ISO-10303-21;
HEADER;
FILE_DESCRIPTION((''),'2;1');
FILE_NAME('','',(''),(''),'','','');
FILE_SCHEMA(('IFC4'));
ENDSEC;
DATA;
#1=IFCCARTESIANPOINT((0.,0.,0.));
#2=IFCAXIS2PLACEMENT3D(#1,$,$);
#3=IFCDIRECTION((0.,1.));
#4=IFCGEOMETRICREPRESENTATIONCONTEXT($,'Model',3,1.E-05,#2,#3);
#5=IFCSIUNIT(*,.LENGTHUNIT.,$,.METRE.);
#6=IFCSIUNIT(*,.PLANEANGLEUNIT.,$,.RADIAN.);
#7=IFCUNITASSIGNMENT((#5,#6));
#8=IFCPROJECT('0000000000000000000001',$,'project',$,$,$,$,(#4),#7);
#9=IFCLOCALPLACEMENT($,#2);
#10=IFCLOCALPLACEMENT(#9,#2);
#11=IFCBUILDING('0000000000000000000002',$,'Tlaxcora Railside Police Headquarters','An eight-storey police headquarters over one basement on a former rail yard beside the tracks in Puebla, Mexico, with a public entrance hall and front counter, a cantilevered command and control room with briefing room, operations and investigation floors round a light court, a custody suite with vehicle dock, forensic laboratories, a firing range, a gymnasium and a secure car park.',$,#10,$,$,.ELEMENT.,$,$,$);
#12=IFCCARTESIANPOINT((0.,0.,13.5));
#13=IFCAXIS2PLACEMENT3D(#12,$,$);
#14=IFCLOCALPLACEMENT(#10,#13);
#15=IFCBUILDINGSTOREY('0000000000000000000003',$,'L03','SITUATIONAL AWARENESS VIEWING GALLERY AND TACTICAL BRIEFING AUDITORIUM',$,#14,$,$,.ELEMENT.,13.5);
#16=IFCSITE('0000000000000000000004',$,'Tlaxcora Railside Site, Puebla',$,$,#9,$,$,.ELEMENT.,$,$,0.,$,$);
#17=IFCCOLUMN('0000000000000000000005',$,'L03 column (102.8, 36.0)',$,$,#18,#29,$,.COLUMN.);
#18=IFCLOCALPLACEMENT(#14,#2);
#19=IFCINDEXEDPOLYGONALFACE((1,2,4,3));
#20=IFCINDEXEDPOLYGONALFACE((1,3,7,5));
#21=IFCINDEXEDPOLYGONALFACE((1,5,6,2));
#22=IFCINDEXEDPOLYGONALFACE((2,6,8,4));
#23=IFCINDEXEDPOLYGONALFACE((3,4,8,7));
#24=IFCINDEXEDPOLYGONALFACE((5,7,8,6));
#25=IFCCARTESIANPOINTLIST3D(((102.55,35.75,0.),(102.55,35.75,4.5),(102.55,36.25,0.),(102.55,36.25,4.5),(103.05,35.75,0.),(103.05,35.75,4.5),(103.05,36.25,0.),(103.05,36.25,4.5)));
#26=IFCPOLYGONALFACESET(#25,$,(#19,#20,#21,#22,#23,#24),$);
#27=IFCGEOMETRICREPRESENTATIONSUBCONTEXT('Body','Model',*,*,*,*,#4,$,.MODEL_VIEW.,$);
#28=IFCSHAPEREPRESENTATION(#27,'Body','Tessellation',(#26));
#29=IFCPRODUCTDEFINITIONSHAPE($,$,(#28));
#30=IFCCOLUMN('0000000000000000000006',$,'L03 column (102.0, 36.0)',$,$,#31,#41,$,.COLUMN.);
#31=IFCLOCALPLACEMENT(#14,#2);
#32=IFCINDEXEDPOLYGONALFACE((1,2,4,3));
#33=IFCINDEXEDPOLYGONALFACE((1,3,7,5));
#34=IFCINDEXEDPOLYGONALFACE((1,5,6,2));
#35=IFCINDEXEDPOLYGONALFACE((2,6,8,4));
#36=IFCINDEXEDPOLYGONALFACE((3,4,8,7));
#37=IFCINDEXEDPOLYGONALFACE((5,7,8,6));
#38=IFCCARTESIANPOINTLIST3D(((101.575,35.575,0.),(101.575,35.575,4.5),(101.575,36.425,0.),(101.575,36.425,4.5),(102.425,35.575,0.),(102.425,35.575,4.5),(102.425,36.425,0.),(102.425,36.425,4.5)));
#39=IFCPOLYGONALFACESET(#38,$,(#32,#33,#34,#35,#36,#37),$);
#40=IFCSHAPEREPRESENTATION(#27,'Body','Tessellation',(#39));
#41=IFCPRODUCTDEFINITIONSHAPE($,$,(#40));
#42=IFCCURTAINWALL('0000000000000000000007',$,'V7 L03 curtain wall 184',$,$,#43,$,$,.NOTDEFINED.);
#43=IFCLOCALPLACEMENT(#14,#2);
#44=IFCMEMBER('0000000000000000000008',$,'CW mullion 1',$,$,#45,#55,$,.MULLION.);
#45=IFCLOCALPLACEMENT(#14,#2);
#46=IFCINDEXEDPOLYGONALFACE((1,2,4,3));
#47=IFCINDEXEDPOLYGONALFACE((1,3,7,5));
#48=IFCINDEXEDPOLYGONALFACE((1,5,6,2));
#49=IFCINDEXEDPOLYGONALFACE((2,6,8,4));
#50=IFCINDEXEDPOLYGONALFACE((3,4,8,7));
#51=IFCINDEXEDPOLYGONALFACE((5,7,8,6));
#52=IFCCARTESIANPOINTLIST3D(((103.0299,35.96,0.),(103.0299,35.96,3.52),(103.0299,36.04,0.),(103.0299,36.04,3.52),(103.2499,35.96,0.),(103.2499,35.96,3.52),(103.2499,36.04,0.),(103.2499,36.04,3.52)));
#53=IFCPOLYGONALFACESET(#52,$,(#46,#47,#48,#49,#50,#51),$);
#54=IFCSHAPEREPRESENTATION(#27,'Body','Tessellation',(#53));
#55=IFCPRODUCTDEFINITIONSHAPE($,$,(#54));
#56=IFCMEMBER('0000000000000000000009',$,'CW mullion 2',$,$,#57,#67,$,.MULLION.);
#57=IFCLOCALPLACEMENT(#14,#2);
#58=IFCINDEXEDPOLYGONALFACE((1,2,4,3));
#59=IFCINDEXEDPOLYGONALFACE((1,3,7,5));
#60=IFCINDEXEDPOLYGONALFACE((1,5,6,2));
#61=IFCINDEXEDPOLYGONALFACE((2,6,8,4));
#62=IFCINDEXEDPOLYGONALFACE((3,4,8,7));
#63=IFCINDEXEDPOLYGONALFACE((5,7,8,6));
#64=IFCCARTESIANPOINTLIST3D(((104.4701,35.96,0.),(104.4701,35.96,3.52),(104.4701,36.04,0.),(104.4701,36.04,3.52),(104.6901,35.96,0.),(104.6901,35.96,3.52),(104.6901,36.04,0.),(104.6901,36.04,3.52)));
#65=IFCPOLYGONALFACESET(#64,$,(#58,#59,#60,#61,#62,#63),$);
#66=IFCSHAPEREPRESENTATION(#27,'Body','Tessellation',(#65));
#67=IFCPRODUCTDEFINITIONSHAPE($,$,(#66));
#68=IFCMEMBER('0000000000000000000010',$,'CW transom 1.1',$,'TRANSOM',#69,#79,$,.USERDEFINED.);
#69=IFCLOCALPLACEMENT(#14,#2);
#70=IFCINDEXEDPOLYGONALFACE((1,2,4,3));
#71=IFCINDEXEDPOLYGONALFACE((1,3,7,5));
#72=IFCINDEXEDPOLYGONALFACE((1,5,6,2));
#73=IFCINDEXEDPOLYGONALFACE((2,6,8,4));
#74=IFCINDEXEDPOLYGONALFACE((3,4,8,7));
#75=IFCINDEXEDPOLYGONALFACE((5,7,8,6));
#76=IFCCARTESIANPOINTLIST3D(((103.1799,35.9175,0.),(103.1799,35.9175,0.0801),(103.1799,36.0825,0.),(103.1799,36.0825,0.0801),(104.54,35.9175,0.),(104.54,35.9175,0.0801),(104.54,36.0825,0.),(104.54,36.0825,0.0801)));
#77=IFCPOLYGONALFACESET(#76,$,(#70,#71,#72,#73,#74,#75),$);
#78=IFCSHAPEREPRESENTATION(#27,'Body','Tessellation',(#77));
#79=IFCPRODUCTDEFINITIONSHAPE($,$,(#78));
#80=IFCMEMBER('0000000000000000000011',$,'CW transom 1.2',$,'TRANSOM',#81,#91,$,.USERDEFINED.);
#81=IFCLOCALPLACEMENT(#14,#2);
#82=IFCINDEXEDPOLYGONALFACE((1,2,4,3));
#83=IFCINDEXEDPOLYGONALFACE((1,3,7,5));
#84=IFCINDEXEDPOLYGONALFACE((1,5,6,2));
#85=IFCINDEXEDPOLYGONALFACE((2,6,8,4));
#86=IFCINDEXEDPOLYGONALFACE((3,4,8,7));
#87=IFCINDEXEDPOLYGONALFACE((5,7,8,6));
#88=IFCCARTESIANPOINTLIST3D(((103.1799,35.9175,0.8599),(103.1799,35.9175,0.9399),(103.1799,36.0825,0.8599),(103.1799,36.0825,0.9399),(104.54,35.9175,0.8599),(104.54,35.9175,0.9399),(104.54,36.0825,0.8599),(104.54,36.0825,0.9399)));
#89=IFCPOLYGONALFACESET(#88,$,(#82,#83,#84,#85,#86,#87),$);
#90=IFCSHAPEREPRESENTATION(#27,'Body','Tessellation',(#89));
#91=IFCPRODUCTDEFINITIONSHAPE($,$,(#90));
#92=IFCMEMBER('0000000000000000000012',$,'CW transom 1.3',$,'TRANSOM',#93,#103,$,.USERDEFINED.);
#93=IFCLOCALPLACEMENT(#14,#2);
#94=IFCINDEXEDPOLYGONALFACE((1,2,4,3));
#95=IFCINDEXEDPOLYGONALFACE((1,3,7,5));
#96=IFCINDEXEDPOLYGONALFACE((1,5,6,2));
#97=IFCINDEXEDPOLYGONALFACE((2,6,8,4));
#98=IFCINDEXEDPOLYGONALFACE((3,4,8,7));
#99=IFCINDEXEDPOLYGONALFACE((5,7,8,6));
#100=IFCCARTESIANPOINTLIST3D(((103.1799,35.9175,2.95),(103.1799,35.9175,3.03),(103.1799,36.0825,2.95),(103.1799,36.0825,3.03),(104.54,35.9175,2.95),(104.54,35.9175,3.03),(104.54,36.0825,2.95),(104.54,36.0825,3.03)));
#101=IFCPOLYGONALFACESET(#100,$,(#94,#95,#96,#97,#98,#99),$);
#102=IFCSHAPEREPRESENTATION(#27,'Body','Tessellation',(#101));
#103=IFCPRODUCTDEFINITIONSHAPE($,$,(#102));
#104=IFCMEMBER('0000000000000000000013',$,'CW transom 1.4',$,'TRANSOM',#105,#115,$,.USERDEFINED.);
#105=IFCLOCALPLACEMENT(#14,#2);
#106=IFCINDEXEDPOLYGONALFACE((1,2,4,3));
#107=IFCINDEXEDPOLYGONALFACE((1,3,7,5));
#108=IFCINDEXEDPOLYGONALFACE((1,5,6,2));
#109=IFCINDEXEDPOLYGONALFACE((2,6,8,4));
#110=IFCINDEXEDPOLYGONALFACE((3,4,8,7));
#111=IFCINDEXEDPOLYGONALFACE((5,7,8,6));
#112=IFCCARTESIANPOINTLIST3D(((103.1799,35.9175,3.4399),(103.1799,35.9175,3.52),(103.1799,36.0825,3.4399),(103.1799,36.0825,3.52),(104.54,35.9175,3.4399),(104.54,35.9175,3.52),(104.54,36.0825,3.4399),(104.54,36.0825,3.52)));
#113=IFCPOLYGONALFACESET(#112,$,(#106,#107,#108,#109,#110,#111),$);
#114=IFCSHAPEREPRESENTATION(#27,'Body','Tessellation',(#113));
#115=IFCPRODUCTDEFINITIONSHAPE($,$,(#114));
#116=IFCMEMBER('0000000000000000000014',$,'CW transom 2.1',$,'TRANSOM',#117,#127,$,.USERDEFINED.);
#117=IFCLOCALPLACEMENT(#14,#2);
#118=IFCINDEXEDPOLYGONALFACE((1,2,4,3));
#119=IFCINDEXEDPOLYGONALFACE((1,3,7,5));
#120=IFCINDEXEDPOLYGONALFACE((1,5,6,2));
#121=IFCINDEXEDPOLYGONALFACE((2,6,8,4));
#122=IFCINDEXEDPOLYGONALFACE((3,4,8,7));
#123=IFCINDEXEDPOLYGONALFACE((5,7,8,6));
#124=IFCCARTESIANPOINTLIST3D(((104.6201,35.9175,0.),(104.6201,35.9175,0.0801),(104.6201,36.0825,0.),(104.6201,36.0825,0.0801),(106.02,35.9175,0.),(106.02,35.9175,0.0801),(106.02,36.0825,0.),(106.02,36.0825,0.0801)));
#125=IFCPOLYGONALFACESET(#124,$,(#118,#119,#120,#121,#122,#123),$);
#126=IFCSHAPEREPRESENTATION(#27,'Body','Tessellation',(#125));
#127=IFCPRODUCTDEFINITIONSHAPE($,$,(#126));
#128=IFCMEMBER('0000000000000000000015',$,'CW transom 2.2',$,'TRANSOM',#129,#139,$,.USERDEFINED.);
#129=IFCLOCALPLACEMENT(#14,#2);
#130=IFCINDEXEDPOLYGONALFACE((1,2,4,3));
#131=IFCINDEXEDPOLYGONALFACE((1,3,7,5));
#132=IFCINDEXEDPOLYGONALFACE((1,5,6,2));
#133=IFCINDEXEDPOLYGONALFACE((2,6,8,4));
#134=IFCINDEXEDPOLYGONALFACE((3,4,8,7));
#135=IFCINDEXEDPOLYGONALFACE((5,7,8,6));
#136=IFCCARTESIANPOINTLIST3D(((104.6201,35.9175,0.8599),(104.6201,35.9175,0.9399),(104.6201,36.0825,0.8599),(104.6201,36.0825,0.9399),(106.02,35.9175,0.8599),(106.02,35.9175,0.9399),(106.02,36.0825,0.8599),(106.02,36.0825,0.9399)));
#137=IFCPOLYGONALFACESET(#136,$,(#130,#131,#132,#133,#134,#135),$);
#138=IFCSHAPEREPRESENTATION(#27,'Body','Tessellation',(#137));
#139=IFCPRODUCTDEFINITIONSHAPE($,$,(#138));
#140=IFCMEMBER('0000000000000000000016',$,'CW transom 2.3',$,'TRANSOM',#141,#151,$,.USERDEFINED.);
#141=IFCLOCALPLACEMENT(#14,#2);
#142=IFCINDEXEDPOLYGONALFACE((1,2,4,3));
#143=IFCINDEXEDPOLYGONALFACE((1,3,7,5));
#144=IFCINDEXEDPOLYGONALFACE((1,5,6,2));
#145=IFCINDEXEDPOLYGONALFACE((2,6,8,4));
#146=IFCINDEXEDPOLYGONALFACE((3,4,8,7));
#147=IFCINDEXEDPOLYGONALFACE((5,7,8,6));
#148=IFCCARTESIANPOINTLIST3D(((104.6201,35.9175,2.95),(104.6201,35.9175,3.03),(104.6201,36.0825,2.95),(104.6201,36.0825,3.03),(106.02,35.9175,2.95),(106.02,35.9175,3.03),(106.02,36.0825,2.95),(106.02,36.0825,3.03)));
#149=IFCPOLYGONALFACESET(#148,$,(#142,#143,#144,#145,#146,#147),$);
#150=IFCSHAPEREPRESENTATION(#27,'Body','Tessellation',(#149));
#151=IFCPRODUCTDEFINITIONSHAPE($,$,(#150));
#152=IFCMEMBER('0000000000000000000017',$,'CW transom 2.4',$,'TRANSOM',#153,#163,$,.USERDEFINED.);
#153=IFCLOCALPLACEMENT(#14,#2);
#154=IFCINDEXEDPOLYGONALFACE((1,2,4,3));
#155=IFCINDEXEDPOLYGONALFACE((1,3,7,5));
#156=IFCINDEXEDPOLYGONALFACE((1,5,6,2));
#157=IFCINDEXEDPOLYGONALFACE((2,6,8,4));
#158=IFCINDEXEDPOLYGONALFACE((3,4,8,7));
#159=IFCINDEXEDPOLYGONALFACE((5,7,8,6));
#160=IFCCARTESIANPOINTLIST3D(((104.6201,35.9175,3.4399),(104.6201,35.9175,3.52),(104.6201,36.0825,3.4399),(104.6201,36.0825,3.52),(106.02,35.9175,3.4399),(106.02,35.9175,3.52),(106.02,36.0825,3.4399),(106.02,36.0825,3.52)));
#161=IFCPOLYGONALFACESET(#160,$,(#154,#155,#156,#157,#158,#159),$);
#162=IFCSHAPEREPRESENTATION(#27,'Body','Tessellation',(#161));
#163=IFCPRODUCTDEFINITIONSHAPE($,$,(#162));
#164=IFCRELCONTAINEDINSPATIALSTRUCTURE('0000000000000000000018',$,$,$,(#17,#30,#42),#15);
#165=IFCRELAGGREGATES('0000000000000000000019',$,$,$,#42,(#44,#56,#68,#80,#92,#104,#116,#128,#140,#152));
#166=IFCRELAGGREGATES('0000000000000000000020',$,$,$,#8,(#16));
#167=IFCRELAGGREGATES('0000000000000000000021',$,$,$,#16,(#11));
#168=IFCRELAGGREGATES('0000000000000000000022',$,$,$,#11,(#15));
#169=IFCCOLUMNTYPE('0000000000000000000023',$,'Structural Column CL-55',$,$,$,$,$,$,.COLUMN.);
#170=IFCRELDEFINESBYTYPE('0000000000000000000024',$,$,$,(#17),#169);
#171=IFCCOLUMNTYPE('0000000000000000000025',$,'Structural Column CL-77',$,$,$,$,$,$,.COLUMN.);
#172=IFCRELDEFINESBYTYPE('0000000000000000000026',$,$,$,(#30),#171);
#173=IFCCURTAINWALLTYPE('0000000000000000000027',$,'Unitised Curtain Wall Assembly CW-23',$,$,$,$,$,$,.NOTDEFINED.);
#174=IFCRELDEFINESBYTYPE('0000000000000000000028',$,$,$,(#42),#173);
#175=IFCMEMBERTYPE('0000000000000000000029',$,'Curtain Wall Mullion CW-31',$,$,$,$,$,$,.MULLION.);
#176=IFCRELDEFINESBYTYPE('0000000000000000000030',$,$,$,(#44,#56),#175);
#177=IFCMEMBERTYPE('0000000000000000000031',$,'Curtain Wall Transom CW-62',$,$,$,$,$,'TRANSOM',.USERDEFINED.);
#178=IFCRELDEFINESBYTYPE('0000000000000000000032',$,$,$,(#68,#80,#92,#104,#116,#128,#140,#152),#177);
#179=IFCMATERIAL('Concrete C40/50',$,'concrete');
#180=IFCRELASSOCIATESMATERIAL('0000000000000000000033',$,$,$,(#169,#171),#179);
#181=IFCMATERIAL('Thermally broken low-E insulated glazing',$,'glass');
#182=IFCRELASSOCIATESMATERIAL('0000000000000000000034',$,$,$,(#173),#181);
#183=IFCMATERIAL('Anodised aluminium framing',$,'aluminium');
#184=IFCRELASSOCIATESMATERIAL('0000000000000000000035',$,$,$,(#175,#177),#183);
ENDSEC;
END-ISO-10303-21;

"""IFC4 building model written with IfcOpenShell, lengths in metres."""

from ifc_helpers import new_model, si_unit, direction, frame, origin, origin_2d, place, context, subcontext, project, spatial, rectangle, extrude, material, material_profile, profile_set, type_object, element, aggregate, save


model = new_model("IFC4")

# Units and contexts
model_context = context("Model", 3, precision=1e-05, world=origin(), true_north=direction((0.0, 1.0)))
body_context = subcontext(model_context, "Body", "Model", "MODEL_VIEW")
ifc_project = project(units=[si_unit("LENGTHUNIT", "METRE"), si_unit("PLANEANGLEUNIT", "RADIAN")], contexts=[model_context])

# Site, building, storey
site_placement = place(None, origin())
site = spatial("IfcSite", under=ifc_project, at=site_placement, Name="Tlaxcora Railside Site, Puebla", CompositionType="ELEMENT", RefElevation=0.0)
building_placement = place(site_placement, origin())
building = spatial("IfcBuilding", under=site, at=building_placement, Name="Tlaxcora Railside Police Headquarters", Description="An eight-storey police headquarters over one basement on a former rail yard beside the tracks in Puebla, Mexico, with a public entrance hall and front counter, a cantilevered command and control room with briefing room, operations and investigation floors round a light court, a custody suite with vehicle dock, forensic laboratories, a firing range, a gymnasium and a secure car park.", CompositionType="ELEMENT")
storey_placement = place(building_placement, frame((0.0, 0.0, 13.5)))
storey = spatial("IfcBuildingStorey", under=building, at=storey_placement, Name="L03", Description="SITUATIONAL AWARENESS VIEWING GALLERY AND TACTICAL BRIEFING AUDITORIUM", CompositionType="ELEMENT", Elevation=13.5)

# Columns
ifc_material_1 = material(Name="Concrete C40/50", Category="concrete")
ifc_material_profile_1 = material_profile(ifc_material_1, rectangle(XDim=0.5, YDim=0.5, at=origin_2d()), Name="RC500X500")
ifc_profile_set_1 = profile_set([ifc_material_profile_1], Name="Concrete C40/50")
column_type_1 = type_object("IfcColumnType", Name="Structural Column CL-55", PredefinedType="COLUMN", material=ifc_profile_set_1)
column_1_placement = place(storey_placement, frame((102.8, 36.0, 0.0), z_axis=(0.0, 0.0, 1.0), x_axis=(1.0, 0.0, 0.0)))
element("IfcColumn", 1, at=column_1_placement, inside=storey, type_object=column_type_1, Name="L03 column (102.8, 36.0)", PredefinedType="COLUMN", context=body_context, shape_type="SweptSolid", body=[
    extrude(rectangle(XDim=0.5, YDim=0.5, at=origin_2d()), origin(), (0.0, 0.0, 1.0), 4.5),
])
ifc_material_profile_2 = material_profile(ifc_material_1, rectangle(XDim=0.8501, YDim=0.8501, at=origin_2d()), Name="RC850X850")
ifc_profile_set_2 = profile_set([ifc_material_profile_2], Name="Concrete C40/50")
column_type_2 = type_object("IfcColumnType", Name="Structural Column CL-77", PredefinedType="COLUMN", material=ifc_profile_set_2)
column_2_placement = place(storey_placement, frame((102.0, 36.0, 0.0), z_axis=(0.0, 0.0, 1.0), x_axis=(1.0, 0.0, 0.0)))
element("IfcColumn", 2, at=column_2_placement, inside=storey, type_object=column_type_2, Name="L03 column (102.0, 36.0)", PredefinedType="COLUMN", context=body_context, shape_type="SweptSolid", body=[
    extrude(rectangle(XDim=0.8501, YDim=0.8501, at=origin_2d()), origin(), (0.0, 0.0, 1.0), 4.5),
])

# Curtain wall, members
ifc_material_2 = material(Name="Thermally broken low-E insulated glazing", Category="glass")
curtain_wall_type = type_object("IfcCurtainWallType", Name="Unitised Curtain Wall Assembly CW-23", PredefinedType="NOTDEFINED", material=ifc_material_2)
curtain_wall_placement = place(storey_placement, origin())
curtain_wall = element("IfcCurtainWall", 3, at=curtain_wall_placement, inside=storey, type_object=curtain_wall_type, Name="V7 L03 curtain wall 184", PredefinedType="NOTDEFINED")
ifc_material_3 = material(Name="Anodised aluminium framing", Category="aluminium")
ifc_material_profile_3 = material_profile(ifc_material_3, rectangle(XDim=0.0801, YDim=0.22, at=origin_2d()), Name="AL80X220")
ifc_profile_set_3 = profile_set([ifc_material_profile_3], Name="Anodised aluminium framing")
member_type_1 = type_object("IfcMemberType", Name="Curtain Wall Mullion CW-31", PredefinedType="MULLION", material=ifc_profile_set_3)
member_1_placement = place(storey_placement, frame((103.1399, 36.0, 0.0), z_axis=(0.0, 0.0, 1.0), x_axis=(0.0, 1.0, 0.0)))
member_1 = element("IfcMember", 4, at=member_1_placement, type_object=member_type_1, Name="CW mullion 1", PredefinedType="MULLION", context=body_context, shape_type="SweptSolid", body=[
    extrude(rectangle(XDim=0.0801, YDim=0.22, at=origin_2d()), origin(), (0.0, 0.0, 1.0), 3.52),
])
member_2_placement = place(storey_placement, frame((104.5801, 36.0, 0.0), z_axis=(0.0, 0.0, 1.0), x_axis=(0.0, 1.0, 0.0)))
member_2 = element("IfcMember", 5, at=member_2_placement, type_object=member_type_1, Name="CW mullion 2", PredefinedType="MULLION", context=body_context, shape_type="SweptSolid", body=[
    extrude(rectangle(XDim=0.0801, YDim=0.22, at=origin_2d()), origin(), (0.0, 0.0, 1.0), 3.52),
])
ifc_material_profile_4 = material_profile(ifc_material_3, rectangle(XDim=0.165, YDim=0.0801, at=origin_2d()), Name="AL80X165")
ifc_profile_set_4 = profile_set([ifc_material_profile_4], Name="Anodised aluminium framing")
member_type_2 = type_object("IfcMemberType", Name="Curtain Wall Transom CW-62", ElementType="TRANSOM", PredefinedType="USERDEFINED", material=ifc_profile_set_4)
member_3_placement = place(storey_placement, frame((103.1799, 36.0, 0.04), z_axis=(1.0, 0.0, 0.0), x_axis=(0.0, 1.0, 0.0)))
member_3 = element("IfcMember", 6, at=member_3_placement, type_object=member_type_2, Name="CW transom 1.1", ObjectType="TRANSOM", PredefinedType="USERDEFINED", context=body_context, shape_type="SweptSolid", body=[
    extrude(rectangle(XDim=0.165, YDim=0.0801, at=origin_2d()), origin(), (0.0, 0.0, 1.0), 1.3601),
])
member_4_placement = place(storey_placement, frame((103.1799, 36.0, 0.8999), z_axis=(1.0, 0.0, 0.0), x_axis=(0.0, 1.0, 0.0)))
member_4 = element("IfcMember", 7, at=member_4_placement, type_object=member_type_2, Name="CW transom 1.2", ObjectType="TRANSOM", PredefinedType="USERDEFINED", context=body_context, shape_type="SweptSolid", body=[
    extrude(rectangle(XDim=0.165, YDim=0.0801, at=origin_2d()), origin(), (0.0, 0.0, 1.0), 1.3601),
])
member_5_placement = place(storey_placement, frame((103.1799, 36.0, 2.99), z_axis=(1.0, 0.0, 0.0), x_axis=(0.0, 1.0, 0.0)))
member_5 = element("IfcMember", 8, at=member_5_placement, type_object=member_type_2, Name="CW transom 1.3", ObjectType="TRANSOM", PredefinedType="USERDEFINED", context=body_context, shape_type="SweptSolid", body=[
    extrude(rectangle(XDim=0.165, YDim=0.0801, at=origin_2d()), origin(), (0.0, 0.0, 1.0), 1.3601),
])
member_6_placement = place(storey_placement, frame((103.1799, 36.0, 3.48), z_axis=(1.0, 0.0, 0.0), x_axis=(0.0, 1.0, 0.0)))
member_6 = element("IfcMember", 9, at=member_6_placement, type_object=member_type_2, Name="CW transom 1.4", ObjectType="TRANSOM", PredefinedType="USERDEFINED", context=body_context, shape_type="SweptSolid", body=[
    extrude(rectangle(XDim=0.165, YDim=0.0801, at=origin_2d()), origin(), (0.0, 0.0, 1.0), 1.3601),
])
member_7_placement = place(storey_placement, frame((104.6201, 36.0, 0.04), z_axis=(1.0, 0.0, 0.0), x_axis=(0.0, 1.0, 0.0)))
member_7 = element("IfcMember", 10, at=member_7_placement, type_object=member_type_2, Name="CW transom 2.1", ObjectType="TRANSOM", PredefinedType="USERDEFINED", context=body_context, shape_type="SweptSolid", body=[
    extrude(rectangle(XDim=0.165, YDim=0.0801, at=origin_2d()), origin(), (0.0, 0.0, 1.0), 1.3999),
])
member_8_placement = place(storey_placement, frame((104.6201, 36.0, 0.8999), z_axis=(1.0, 0.0, 0.0), x_axis=(0.0, 1.0, 0.0)))
member_8 = element("IfcMember", 11, at=member_8_placement, type_object=member_type_2, Name="CW transom 2.2", ObjectType="TRANSOM", PredefinedType="USERDEFINED", context=body_context, shape_type="SweptSolid", body=[
    extrude(rectangle(XDim=0.165, YDim=0.0801, at=origin_2d()), origin(), (0.0, 0.0, 1.0), 1.3999),
])
member_9_placement = place(storey_placement, frame((104.6201, 36.0, 2.99), z_axis=(1.0, 0.0, 0.0), x_axis=(0.0, 1.0, 0.0)))
member_9 = element("IfcMember", 12, at=member_9_placement, type_object=member_type_2, Name="CW transom 2.3", ObjectType="TRANSOM", PredefinedType="USERDEFINED", context=body_context, shape_type="SweptSolid", body=[
    extrude(rectangle(XDim=0.165, YDim=0.0801, at=origin_2d()), origin(), (0.0, 0.0, 1.0), 1.3999),
])
member_10_placement = place(storey_placement, frame((104.6201, 36.0, 3.48), z_axis=(1.0, 0.0, 0.0), x_axis=(0.0, 1.0, 0.0)))
member_10 = element("IfcMember", 13, at=member_10_placement, type_object=member_type_2, Name="CW transom 2.4", ObjectType="TRANSOM", PredefinedType="USERDEFINED", context=body_context, shape_type="SweptSolid", body=[
    extrude(rectangle(XDim=0.165, YDim=0.0801, at=origin_2d()), origin(), (0.0, 0.0, 1.0), 1.3999),
])

aggregate(curtain_wall, [member_1, member_2, member_3, member_4, member_5, member_6, member_7, member_8, member_9, member_10])

save(model, "model.ifc")
